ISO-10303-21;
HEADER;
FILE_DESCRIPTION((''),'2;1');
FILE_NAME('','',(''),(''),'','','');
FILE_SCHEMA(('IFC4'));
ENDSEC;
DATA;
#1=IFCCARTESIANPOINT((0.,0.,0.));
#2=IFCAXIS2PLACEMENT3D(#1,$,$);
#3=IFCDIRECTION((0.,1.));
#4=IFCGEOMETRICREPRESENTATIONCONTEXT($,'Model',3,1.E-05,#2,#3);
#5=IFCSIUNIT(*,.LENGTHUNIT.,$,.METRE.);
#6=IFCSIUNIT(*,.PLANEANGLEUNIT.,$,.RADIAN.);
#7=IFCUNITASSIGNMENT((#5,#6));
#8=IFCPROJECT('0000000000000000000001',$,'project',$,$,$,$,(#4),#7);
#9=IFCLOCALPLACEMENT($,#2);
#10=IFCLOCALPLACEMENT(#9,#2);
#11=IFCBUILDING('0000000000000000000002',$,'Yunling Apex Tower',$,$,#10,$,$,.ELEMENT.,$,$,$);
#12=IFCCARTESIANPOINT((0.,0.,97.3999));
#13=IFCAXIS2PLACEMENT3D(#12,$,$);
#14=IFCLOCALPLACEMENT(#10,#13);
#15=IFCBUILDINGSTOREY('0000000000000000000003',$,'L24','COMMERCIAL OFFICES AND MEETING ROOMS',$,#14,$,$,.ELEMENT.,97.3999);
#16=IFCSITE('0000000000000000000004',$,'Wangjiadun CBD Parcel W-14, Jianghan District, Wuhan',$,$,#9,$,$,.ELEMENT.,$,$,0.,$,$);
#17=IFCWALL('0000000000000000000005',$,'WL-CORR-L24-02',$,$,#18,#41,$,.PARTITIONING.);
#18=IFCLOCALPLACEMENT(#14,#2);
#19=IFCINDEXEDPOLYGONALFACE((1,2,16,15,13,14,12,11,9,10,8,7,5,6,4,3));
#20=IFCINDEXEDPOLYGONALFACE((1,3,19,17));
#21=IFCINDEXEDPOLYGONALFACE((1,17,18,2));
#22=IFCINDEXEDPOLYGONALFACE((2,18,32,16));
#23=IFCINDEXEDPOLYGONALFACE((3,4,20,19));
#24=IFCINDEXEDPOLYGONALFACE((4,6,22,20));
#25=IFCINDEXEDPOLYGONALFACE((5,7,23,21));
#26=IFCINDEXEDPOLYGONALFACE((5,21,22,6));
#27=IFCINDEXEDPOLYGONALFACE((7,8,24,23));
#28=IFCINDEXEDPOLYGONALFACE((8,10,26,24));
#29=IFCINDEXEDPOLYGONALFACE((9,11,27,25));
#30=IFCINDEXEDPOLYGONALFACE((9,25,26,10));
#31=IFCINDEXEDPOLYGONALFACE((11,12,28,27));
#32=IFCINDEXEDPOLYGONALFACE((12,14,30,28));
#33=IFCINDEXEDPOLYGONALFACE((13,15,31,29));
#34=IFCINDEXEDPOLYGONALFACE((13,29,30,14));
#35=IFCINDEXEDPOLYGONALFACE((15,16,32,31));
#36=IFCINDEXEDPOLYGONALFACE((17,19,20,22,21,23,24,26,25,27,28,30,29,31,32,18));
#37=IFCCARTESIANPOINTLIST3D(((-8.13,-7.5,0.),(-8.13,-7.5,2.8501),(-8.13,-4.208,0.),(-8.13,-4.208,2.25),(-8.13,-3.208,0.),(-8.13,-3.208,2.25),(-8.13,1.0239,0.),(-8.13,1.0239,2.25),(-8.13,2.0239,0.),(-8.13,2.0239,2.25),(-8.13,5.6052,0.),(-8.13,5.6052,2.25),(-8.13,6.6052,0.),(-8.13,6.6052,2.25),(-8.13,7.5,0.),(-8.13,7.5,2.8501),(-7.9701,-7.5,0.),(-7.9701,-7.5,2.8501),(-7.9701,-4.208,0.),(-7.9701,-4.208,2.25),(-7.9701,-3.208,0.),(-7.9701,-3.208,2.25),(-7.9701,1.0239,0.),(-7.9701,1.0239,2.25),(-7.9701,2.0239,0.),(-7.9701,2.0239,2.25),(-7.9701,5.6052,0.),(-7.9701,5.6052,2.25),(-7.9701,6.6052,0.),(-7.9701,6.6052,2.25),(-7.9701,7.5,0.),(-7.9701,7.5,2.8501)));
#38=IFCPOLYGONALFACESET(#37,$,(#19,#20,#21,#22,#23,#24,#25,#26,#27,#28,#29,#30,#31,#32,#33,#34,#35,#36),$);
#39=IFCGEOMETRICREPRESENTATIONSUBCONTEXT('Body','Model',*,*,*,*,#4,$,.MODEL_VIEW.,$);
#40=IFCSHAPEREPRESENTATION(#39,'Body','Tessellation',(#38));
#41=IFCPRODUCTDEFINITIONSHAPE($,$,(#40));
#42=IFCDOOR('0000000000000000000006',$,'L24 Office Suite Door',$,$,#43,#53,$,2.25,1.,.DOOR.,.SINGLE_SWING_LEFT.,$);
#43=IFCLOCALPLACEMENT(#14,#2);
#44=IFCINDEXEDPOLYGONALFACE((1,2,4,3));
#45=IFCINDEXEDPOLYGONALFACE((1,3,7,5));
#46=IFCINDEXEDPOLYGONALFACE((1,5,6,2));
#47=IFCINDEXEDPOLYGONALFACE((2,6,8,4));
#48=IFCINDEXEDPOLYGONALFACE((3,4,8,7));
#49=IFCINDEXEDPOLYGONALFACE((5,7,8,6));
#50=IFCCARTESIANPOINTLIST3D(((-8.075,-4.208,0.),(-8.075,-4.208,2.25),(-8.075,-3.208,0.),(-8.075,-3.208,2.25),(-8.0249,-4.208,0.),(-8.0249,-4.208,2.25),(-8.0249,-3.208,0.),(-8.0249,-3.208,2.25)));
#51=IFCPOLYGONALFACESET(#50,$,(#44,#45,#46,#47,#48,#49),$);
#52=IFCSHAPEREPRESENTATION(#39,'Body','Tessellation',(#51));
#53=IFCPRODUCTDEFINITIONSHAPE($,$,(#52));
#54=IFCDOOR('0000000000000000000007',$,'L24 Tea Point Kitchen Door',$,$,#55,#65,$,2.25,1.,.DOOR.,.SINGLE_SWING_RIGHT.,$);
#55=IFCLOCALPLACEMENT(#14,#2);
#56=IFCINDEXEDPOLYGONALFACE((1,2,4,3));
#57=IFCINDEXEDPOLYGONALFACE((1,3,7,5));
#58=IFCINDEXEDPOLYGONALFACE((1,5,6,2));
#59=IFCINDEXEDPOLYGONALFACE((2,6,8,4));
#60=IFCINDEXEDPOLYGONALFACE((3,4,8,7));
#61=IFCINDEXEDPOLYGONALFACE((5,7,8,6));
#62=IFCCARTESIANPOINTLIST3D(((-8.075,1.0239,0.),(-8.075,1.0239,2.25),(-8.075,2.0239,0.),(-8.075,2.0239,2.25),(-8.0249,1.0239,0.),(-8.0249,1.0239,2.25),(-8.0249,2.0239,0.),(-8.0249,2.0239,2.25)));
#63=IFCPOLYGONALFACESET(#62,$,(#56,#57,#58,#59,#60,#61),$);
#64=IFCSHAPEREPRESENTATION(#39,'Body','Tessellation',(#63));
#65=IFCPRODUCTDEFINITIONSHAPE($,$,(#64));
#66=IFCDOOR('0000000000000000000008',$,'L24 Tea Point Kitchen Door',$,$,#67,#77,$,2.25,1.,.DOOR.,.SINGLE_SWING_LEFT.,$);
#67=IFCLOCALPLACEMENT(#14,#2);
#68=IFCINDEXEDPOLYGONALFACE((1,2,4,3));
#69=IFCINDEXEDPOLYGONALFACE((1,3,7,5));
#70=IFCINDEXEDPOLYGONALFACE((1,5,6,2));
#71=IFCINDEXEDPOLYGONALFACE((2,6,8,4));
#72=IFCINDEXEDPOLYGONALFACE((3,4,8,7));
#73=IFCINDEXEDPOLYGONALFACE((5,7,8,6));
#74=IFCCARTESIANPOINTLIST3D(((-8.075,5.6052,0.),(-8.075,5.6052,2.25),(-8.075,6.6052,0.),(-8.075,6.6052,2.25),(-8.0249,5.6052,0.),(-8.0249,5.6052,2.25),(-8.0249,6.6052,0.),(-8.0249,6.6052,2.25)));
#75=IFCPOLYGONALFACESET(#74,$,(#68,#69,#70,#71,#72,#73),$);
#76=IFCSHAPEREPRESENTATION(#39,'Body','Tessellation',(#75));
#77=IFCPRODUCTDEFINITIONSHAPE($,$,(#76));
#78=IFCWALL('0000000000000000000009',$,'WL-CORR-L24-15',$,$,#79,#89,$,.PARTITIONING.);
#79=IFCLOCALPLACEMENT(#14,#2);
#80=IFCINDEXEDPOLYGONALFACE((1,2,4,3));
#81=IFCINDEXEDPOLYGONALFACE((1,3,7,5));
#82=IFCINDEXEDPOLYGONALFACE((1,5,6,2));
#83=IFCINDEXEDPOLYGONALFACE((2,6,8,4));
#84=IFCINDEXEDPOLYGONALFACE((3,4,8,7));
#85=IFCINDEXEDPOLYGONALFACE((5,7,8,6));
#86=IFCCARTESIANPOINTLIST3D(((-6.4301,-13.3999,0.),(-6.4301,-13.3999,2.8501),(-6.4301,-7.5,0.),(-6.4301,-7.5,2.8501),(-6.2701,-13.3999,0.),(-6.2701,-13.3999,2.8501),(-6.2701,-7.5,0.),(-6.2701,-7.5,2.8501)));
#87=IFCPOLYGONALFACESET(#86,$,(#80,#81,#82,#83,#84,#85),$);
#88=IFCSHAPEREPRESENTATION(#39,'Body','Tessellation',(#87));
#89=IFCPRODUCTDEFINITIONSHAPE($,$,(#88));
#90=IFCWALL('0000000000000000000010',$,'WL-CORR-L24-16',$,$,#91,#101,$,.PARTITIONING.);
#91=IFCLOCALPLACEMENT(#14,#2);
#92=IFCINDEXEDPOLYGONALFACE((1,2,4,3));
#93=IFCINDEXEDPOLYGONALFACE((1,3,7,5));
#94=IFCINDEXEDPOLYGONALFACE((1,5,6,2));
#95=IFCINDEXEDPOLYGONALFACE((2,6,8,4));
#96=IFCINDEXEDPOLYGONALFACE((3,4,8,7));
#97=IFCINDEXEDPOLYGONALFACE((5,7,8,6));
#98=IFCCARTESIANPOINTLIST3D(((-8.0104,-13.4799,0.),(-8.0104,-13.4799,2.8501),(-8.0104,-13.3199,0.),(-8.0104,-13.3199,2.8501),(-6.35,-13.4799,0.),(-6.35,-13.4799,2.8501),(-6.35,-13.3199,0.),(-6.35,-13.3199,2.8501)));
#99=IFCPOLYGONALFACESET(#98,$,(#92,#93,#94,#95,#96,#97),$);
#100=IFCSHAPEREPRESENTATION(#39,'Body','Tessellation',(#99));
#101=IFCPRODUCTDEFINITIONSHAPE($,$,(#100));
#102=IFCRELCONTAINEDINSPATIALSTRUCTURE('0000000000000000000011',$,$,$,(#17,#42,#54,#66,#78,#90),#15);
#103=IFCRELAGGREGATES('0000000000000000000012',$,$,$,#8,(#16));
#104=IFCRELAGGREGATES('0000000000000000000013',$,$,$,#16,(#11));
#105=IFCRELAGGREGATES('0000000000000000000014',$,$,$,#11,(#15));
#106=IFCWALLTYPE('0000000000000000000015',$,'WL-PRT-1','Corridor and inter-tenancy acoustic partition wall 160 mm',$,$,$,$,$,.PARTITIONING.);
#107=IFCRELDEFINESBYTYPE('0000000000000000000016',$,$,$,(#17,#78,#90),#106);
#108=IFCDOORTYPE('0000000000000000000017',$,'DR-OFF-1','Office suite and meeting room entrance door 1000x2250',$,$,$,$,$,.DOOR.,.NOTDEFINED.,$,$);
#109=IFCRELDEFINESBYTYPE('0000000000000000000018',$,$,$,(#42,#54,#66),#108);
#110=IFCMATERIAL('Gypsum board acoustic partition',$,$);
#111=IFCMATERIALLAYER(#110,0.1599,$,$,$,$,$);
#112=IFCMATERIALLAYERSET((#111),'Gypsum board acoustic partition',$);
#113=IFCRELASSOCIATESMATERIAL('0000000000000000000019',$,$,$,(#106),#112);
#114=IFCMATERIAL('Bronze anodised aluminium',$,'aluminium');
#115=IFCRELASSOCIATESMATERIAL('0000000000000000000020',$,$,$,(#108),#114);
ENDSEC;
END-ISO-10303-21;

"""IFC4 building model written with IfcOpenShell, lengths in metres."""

from ifc_helpers import new_model, si_unit, direction, frame, frame_2d, origin, place, context, subcontext, project, spatial, rectangle, extrude, material, layer, layer_set, type_object, element, fill, save


model = new_model("IFC4")

# Units and contexts
model_context = context("Model", 3, precision=1e-05, world=origin(), true_north=direction((0.0, 1.0)))
body_context = subcontext(model_context, "Body", "Model", "MODEL_VIEW")
ifc_project = project(units=[si_unit("LENGTHUNIT", "METRE"), si_unit("PLANEANGLEUNIT", "RADIAN")], contexts=[model_context])

# Site, building, storey
site_placement = place(None, origin())
site = spatial("IfcSite", under=ifc_project, at=site_placement, Name="Wangjiadun CBD Parcel W-14, Jianghan District, Wuhan", CompositionType="ELEMENT", RefElevation=0.0)
building_placement = place(site_placement, origin())
building = spatial("IfcBuilding", under=site, at=building_placement, Name="Yunling Apex Tower", CompositionType="ELEMENT")
storey_placement = place(building_placement, frame((0.0, 0.0, 97.3999)))
storey = spatial("IfcBuildingStorey", under=building, at=storey_placement, Name="L24", Description="COMMERCIAL OFFICES AND MEETING ROOMS", CompositionType="ELEMENT", Elevation=97.3999)

# Shared definitions
ifc_material_1 = material(Name="Bronze anodised aluminium", Category="aluminium")

# Shared definitions
ifc_material_2 = material(Name="Gypsum board acoustic partition")
ifc_layer_1 = layer(ifc_material_2, 0.1599)
ifc_layer_set_1 = layer_set([ifc_layer_1], Name="Gypsum board acoustic partition")
wall_type = type_object("IfcWallType", Name="WL-PRT-1", Description="Corridor and inter-tenancy acoustic partition wall 160 mm", PredefinedType="PARTITIONING", material=ifc_layer_set_1)
door_type = type_object("IfcDoorType", Name="DR-OFF-1", Description="Office suite and meeting room entrance door 1000x2250", OperationType="NOTDEFINED", PredefinedType="DOOR", material=ifc_material_1)

# Wall, openings, doors
wall_1_placement = place(storey_placement, frame((-8.05, -7.5, 0.0), z_axis=(0.0, 0.0, 1.0), x_axis=(0.0, 1.0, 0.0)))
wall_1 = element("IfcWall", 1, at=wall_1_placement, inside=storey, type_object=wall_type, Name="WL-CORR-L24-02", PredefinedType="PARTITIONING", context=body_context, shape_type="SweptSolid", body=[
    extrude(rectangle(XDim=15.0, YDim=0.1599, at=frame_2d((7.5, 0.0))), origin(), (0.0, 0.0, 1.0), 2.8501),
])
opening_1_placement = place(wall_1_placement, frame((3.292, 0.0, 0.0)))
opening_1 = element("IfcOpeningElement", 2, at=opening_1_placement, cuts=wall_1, PredefinedType="OPENING", context=body_context, shape_type="SweptSolid", body=[
    extrude(rectangle(XDim=1.0, YDim=2.25, at=frame_2d((0.5, 1.125))), frame((0.0, 0.0898, 0.0), z_axis=(0.0, -1.0, 0.0), x_axis=(1.0, 0.0, 0.0)), (0.0, 0.0, 1.0), 0.1799),
])
opening_2_placement = place(wall_1_placement, frame((8.5239, 0.0, 0.0)))
opening_2 = element("IfcOpeningElement", 3, at=opening_2_placement, cuts=wall_1, PredefinedType="OPENING", context=body_context, shape_type="SweptSolid", body=[
    extrude(rectangle(XDim=1.0, YDim=2.25, at=frame_2d((0.5, 1.125))), frame((0.0, 0.0898, 0.0), z_axis=(0.0, -1.0, 0.0), x_axis=(1.0, 0.0, 0.0)), (0.0, 0.0, 1.0), 0.1799),
])
opening_3_placement = place(wall_1_placement, frame((13.1052, 0.0, 0.0)))
opening_3 = element("IfcOpeningElement", 4, at=opening_3_placement, cuts=wall_1, PredefinedType="OPENING", context=body_context, shape_type="SweptSolid", body=[
    extrude(rectangle(XDim=1.0, YDim=2.25, at=frame_2d((0.5, 1.125))), frame((0.0, 0.0898, 0.0), z_axis=(0.0, -1.0, 0.0), x_axis=(1.0, 0.0, 0.0)), (0.0, 0.0, 1.0), 0.1799),
])
door_1_placement = place(opening_1_placement, origin())
door_1 = element("IfcDoor", 5, at=door_1_placement, inside=storey, type_object=door_type, Name="L24 Office Suite Door", OperationType="SINGLE_SWING_LEFT", OverallHeight=2.25, OverallWidth=1.0, PredefinedType="DOOR", context=body_context, shape_type="SweptSolid", body=[
    extrude(rectangle(XDim=1.0, YDim=2.25, at=frame_2d((0.5, 1.125))), frame((0.0, 0.0249, 0.0), z_axis=(0.0, -1.0, 0.0), x_axis=(1.0, 0.0, 0.0)), (0.0, 0.0, 1.0), 0.05),
])
fill(opening_1, door_1)
door_2_placement = place(opening_2_placement, origin())
door_2 = element("IfcDoor", 6, at=door_2_placement, inside=storey, type_object=door_type, Name="L24 Tea Point Kitchen Door", OperationType="SINGLE_SWING_RIGHT", OverallHeight=2.25, OverallWidth=1.0, PredefinedType="DOOR", context=body_context, shape_type="SweptSolid", body=[
    extrude(rectangle(XDim=1.0, YDim=2.25, at=frame_2d((0.5, 1.125))), frame((0.0, 0.0249, 0.0), z_axis=(0.0, -1.0, 0.0), x_axis=(1.0, 0.0, 0.0)), (0.0, 0.0, 1.0), 0.05),
])
fill(opening_2, door_2)
door_3_placement = place(opening_3_placement, origin())
door_3 = element("IfcDoor", 7, at=door_3_placement, inside=storey, type_object=door_type, Name="L24 Tea Point Kitchen Door", OperationType="SINGLE_SWING_LEFT", OverallHeight=2.25, OverallWidth=1.0, PredefinedType="DOOR", context=body_context, shape_type="SweptSolid", body=[
    extrude(rectangle(XDim=1.0, YDim=2.25, at=frame_2d((0.5, 1.125))), frame((0.0, 0.0249, 0.0), z_axis=(0.0, -1.0, 0.0), x_axis=(1.0, 0.0, 0.0)), (0.0, 0.0, 1.0), 0.05),
])
fill(opening_3, door_3)

# Walls
wall_2_placement = place(storey_placement, frame((-6.3501, -7.5, 0.0), z_axis=(0.0, 0.0, 1.0), x_axis=(0.0, -1.0, 0.0)))
element("IfcWall", 8, at=wall_2_placement, inside=storey, type_object=wall_type, Name="WL-CORR-L24-15", PredefinedType="PARTITIONING", context=body_context, shape_type="SweptSolid", body=[
    extrude(rectangle(XDim=5.8999, YDim=0.1599, at=frame_2d((2.95, 0.0))), origin(), (0.0, 0.0, 1.0), 2.8501),
])
wall_3_placement = place(storey_placement, frame((-6.3501, -13.3999, 0.0), z_axis=(0.0, 0.0, 1.0), x_axis=(-1.0, 0.0, 0.0)))
element("IfcWall", 9, at=wall_3_placement, inside=storey, type_object=wall_type, Name="WL-CORR-L24-16", PredefinedType="PARTITIONING", context=body_context, shape_type="SweptSolid", body=[
    extrude(rectangle(XDim=1.6604, YDim=0.1599, at=frame_2d((0.8301, 0.0))), origin(), (0.0, 0.0, 1.0), 2.8501),
])

save(model, "model.ifc")
